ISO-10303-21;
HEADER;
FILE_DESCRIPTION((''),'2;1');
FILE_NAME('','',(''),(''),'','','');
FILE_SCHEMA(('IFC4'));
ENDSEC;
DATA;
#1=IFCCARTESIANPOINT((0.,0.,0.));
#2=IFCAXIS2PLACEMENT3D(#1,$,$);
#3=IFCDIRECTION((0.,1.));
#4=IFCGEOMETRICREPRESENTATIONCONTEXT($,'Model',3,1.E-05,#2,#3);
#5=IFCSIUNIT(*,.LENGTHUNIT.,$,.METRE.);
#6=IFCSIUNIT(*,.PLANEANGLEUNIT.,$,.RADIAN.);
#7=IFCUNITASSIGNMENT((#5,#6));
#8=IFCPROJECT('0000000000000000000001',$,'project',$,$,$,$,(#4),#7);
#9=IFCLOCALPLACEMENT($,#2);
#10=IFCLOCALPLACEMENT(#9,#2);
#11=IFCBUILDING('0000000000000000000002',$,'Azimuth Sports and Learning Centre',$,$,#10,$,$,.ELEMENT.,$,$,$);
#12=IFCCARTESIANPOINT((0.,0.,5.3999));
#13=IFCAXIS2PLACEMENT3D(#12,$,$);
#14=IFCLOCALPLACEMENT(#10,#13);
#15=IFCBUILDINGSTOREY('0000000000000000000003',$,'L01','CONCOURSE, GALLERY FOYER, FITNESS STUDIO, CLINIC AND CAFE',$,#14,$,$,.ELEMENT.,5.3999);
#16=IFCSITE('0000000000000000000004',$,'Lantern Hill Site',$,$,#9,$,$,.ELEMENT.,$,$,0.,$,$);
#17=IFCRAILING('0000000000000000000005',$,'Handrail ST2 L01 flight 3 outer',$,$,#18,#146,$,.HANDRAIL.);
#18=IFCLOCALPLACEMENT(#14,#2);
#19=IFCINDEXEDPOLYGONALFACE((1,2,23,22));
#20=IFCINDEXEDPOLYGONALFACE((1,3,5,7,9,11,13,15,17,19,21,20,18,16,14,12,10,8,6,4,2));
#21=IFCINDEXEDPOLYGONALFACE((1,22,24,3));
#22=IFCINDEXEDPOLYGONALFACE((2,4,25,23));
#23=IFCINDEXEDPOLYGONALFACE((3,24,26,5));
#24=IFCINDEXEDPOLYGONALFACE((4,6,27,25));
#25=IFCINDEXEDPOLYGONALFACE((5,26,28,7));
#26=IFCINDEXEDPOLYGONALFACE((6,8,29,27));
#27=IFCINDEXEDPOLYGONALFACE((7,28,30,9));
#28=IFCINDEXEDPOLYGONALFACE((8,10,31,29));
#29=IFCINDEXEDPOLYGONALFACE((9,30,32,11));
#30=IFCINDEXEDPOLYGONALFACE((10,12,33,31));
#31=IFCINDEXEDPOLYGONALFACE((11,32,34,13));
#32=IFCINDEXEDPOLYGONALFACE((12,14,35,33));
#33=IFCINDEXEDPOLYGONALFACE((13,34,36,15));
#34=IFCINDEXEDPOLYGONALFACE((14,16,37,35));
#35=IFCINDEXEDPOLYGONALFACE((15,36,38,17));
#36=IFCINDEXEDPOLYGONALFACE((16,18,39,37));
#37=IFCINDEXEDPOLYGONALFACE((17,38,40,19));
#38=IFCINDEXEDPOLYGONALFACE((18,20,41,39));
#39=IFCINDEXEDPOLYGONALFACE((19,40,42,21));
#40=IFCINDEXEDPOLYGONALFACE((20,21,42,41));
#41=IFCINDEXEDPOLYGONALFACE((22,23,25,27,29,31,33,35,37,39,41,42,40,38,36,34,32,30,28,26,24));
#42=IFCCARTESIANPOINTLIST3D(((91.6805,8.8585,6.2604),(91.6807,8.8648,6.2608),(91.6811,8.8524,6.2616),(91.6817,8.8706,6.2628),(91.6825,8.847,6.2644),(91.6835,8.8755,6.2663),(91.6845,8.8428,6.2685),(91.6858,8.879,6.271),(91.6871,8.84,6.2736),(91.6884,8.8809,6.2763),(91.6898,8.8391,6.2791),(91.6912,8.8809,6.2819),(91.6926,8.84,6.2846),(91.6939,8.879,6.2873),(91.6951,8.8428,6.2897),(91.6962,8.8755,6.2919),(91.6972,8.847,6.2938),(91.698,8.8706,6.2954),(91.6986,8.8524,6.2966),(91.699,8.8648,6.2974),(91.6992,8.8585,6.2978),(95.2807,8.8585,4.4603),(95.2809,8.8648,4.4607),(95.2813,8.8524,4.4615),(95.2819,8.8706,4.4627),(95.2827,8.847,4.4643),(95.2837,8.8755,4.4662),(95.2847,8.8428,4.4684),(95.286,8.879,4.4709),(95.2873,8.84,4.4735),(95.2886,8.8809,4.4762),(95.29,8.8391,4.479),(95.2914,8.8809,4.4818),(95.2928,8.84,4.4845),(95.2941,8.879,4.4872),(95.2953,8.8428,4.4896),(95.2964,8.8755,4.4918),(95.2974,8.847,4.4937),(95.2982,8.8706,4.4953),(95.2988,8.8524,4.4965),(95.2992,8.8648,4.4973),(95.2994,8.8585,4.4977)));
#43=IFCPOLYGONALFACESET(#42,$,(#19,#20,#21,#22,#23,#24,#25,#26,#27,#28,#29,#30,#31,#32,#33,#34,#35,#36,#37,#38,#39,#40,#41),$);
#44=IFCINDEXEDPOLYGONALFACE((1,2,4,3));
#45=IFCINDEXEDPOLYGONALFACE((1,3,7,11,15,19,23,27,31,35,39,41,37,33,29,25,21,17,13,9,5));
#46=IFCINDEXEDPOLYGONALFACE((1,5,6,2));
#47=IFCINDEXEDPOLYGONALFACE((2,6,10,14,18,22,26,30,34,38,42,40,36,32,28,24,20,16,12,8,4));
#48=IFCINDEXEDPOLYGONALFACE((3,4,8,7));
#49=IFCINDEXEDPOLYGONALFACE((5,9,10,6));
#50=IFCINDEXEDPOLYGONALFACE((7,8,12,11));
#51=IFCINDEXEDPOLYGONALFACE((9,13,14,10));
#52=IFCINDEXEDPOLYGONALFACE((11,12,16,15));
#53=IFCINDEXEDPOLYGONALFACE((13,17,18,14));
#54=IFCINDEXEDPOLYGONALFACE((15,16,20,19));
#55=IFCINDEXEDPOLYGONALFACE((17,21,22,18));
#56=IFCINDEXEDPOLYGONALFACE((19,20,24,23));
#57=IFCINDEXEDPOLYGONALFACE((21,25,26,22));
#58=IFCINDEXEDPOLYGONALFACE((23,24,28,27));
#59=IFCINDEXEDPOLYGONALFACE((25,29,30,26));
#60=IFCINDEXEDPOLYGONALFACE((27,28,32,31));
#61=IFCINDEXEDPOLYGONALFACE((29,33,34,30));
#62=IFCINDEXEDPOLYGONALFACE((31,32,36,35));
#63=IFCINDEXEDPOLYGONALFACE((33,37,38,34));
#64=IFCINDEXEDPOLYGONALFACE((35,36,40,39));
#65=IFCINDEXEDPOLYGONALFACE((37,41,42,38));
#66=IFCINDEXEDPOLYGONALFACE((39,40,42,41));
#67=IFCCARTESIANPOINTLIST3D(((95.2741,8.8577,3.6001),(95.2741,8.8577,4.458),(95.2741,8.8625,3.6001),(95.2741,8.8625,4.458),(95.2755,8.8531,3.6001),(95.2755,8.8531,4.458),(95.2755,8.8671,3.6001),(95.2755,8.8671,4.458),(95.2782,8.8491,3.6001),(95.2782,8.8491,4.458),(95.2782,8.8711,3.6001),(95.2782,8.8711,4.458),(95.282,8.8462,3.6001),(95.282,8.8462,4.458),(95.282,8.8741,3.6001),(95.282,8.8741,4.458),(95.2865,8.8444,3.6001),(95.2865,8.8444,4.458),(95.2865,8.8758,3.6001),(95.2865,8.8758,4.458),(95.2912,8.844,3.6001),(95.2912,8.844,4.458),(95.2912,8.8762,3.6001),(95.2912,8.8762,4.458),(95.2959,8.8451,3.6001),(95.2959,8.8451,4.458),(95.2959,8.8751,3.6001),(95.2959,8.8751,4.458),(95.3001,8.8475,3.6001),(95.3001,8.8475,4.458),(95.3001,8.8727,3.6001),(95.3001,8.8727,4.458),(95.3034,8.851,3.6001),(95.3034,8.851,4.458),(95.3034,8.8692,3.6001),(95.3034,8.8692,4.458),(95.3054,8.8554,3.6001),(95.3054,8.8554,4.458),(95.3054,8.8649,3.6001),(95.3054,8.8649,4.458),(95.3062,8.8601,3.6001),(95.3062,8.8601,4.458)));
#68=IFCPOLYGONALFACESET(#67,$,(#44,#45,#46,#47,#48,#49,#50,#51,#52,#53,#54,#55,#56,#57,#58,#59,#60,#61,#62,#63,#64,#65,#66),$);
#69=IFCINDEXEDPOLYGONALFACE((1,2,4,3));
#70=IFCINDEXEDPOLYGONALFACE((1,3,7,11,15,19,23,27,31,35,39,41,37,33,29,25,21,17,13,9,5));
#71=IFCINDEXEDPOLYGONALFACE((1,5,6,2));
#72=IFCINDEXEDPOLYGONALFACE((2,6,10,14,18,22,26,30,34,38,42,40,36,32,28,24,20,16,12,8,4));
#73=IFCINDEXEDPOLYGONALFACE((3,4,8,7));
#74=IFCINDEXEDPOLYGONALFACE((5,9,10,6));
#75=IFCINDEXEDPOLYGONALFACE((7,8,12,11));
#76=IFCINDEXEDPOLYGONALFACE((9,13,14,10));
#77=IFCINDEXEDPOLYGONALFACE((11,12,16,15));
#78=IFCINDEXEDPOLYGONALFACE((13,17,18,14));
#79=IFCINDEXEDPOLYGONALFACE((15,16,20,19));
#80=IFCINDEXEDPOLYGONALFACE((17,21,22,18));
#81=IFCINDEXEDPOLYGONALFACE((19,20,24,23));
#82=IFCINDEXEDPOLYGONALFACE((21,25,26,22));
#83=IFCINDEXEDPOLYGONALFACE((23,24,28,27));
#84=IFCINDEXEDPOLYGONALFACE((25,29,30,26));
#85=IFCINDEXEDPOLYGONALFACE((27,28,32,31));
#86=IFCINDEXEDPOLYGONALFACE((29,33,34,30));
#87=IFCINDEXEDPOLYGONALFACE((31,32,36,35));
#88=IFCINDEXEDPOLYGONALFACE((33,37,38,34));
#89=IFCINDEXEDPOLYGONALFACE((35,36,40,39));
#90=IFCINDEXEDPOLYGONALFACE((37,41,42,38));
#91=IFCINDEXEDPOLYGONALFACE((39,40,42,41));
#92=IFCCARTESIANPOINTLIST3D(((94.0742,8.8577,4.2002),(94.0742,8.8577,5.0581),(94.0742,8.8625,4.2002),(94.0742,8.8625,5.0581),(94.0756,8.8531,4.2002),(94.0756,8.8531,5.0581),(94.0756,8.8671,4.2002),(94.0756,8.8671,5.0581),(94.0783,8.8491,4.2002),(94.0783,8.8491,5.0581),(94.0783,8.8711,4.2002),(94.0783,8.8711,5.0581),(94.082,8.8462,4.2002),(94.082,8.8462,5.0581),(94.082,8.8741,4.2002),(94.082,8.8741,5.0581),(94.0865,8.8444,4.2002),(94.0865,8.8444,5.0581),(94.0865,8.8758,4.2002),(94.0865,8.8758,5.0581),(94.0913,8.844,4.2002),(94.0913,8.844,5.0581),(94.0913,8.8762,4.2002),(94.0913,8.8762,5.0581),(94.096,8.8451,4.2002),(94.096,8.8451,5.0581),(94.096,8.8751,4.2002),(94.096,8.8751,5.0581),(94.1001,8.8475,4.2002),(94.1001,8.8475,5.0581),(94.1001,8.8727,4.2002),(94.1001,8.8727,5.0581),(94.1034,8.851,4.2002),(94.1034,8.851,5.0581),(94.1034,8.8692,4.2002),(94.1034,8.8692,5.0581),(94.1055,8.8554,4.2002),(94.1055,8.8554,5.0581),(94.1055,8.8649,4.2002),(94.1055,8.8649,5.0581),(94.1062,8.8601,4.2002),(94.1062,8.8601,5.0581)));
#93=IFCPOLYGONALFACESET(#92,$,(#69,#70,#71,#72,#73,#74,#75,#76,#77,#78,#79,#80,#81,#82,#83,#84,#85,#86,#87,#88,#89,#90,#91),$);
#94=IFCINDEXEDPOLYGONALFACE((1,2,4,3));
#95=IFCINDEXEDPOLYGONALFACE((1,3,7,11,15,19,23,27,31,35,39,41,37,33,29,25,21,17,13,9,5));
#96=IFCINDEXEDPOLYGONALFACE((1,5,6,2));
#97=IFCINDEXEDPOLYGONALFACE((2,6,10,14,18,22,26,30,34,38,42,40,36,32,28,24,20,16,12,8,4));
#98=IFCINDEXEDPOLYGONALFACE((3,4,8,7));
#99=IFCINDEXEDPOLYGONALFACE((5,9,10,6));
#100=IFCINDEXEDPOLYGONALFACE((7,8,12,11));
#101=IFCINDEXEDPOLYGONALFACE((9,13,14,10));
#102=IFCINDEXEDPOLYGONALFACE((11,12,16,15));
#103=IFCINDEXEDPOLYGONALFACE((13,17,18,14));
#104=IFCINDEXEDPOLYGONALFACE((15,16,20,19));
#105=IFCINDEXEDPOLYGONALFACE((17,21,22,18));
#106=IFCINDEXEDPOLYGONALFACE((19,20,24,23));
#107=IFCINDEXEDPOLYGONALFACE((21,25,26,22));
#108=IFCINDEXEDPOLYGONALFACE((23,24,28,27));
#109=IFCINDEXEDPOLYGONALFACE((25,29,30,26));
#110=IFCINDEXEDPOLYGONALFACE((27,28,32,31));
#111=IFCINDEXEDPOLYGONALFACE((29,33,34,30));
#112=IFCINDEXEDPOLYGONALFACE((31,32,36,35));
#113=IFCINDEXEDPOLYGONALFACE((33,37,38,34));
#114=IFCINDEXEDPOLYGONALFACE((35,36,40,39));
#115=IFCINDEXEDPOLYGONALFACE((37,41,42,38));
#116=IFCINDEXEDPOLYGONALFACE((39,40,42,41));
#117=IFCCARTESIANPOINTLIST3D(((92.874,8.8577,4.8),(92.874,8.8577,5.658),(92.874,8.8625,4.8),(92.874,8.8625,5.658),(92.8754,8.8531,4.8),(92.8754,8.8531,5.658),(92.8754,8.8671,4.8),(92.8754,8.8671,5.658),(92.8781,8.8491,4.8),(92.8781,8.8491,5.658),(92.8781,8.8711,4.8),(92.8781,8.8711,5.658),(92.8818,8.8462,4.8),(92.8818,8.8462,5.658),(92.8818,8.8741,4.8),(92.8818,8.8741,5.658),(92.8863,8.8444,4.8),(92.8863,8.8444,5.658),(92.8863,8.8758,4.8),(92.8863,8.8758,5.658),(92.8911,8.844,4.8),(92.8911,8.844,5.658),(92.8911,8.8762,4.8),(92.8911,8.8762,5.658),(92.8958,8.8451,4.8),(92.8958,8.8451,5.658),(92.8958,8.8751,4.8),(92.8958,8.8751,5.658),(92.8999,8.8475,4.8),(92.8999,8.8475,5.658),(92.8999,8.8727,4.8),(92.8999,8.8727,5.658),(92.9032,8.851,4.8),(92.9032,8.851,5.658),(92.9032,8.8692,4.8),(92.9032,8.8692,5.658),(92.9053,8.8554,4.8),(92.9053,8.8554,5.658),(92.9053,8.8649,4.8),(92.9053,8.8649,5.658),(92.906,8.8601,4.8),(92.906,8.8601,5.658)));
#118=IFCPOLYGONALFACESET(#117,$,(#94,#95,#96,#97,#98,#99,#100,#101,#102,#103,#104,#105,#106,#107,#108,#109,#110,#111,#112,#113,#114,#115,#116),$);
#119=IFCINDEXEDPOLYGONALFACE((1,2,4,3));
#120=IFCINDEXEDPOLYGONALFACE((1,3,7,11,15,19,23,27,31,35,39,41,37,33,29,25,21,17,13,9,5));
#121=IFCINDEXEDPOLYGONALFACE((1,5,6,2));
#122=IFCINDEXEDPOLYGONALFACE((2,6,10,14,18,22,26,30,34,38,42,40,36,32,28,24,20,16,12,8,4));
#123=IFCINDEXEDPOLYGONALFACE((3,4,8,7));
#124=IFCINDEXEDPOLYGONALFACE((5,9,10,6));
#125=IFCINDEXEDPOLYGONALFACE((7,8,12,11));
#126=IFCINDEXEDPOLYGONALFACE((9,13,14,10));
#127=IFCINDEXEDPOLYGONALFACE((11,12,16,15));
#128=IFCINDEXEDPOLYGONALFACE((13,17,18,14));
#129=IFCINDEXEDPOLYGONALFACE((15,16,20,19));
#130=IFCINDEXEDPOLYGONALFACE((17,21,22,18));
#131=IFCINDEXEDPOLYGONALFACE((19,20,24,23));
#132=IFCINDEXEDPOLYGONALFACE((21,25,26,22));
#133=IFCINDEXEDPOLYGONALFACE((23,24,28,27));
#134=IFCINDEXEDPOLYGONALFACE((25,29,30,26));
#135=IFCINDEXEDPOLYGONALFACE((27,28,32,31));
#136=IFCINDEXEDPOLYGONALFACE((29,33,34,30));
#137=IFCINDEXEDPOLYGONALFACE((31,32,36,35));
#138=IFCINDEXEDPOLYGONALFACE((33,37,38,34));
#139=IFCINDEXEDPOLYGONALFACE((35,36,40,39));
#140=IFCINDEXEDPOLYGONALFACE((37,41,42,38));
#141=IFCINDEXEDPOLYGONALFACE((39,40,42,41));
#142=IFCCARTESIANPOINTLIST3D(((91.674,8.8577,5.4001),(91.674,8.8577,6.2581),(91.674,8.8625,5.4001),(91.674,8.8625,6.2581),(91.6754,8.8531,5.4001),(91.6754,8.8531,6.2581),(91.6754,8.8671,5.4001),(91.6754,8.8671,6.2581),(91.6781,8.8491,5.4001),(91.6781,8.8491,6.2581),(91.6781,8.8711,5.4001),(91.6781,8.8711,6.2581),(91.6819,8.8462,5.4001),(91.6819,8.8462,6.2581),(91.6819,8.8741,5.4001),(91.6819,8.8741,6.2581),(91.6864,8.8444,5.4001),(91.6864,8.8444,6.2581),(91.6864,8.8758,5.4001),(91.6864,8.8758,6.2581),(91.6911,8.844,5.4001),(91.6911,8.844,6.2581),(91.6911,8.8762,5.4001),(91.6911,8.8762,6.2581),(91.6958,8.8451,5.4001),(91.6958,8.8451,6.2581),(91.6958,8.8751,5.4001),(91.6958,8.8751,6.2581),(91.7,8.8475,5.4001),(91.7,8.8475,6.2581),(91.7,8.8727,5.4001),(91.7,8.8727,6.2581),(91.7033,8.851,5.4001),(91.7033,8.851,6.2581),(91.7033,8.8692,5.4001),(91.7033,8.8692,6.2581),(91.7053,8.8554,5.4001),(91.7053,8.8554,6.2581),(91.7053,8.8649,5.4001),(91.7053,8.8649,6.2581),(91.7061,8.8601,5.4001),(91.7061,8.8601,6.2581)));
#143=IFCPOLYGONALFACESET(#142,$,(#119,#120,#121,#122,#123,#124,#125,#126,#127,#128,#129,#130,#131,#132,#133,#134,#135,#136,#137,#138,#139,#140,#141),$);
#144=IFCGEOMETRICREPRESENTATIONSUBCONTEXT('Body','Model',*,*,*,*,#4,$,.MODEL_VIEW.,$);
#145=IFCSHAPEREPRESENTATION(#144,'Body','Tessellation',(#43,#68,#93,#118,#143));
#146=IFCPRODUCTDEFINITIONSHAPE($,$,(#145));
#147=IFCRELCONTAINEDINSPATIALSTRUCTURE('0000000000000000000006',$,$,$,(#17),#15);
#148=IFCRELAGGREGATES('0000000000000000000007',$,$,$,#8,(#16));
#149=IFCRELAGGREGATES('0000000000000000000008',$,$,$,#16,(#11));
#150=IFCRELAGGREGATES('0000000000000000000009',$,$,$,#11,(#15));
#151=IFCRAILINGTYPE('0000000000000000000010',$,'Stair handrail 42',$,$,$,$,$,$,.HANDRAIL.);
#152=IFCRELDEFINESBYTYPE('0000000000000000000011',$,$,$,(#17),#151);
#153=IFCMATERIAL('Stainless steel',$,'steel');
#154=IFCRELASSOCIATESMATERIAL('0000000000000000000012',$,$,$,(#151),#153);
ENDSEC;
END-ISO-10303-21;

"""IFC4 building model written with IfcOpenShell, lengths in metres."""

from ifc_helpers import new_model, si_unit, direction, frame, origin, origin_2d, place, context, subcontext, project, spatial, circle, extrude, material, type_object, element, save


model = new_model("IFC4")

# Units and contexts
model_context = context("Model", 3, precision=1e-05, world=origin(), true_north=direction((0.0, 1.0)))
body_context = subcontext(model_context, "Body", "Model", "MODEL_VIEW")
ifc_project = project(units=[si_unit("LENGTHUNIT", "METRE"), si_unit("PLANEANGLEUNIT", "RADIAN")], contexts=[model_context])

# Site, building, storey
site_placement = place(None, origin())
site = spatial("IfcSite", under=ifc_project, at=site_placement, Name="Lantern Hill Site", CompositionType="ELEMENT", RefElevation=0.0)
building_placement = place(site_placement, origin())
building = spatial("IfcBuilding", under=site, at=building_placement, Name="Azimuth Sports and Learning Centre", CompositionType="ELEMENT")
storey_placement = place(building_placement, frame((0.0, 0.0, 5.3999)))
storey = spatial("IfcBuildingStorey", under=building, at=storey_placement, Name="L01", Description="CONCOURSE, GALLERY FOYER, FITNESS STUDIO, CLINIC AND CAFE", CompositionType="ELEMENT", Elevation=5.3999)

# Railing
ifc_material_1 = material(Name="Stainless steel", Category="steel")
railing_type = type_object("IfcRailingType", Name="Stair handrail 42", PredefinedType="HANDRAIL", material=ifc_material_1)
for number, where, name in (
    (1, (95.29, 8.8601, 3.6001), "Handrail ST2 L01 flight 3 outer"),
):
    element("IfcRailing", number, at=place(storey_placement, frame(where)), inside=storey, type_object=railing_type, Name=name, PredefinedType="HANDRAIL", context=body_context, shape_type="SweptSolid", body=[
        extrude(circle(Radius=0.021, at=origin_2d()), frame((0.0, 0.0, 0.8789), z_axis=(-0.894427, 0.0, 0.447214), x_axis=(0.0, -1.0, 0.0)), (0.0, 0.0, 1.0), 4.0251),
        extrude(circle(Radius=0.0161, at=origin_2d()), origin(), (0.0, 0.0, 1.0), 0.8579),
        extrude(circle(Radius=0.0161, at=origin_2d()), frame((-1.2, 0.0, 0.6001)), (0.0, 0.0, 1.0), 0.8579),
        extrude(circle(Radius=0.0161, at=origin_2d()), frame((-2.4001, 0.0, 1.2)), (0.0, 0.0, 1.0), 0.8579),
        extrude(circle(Radius=0.0161, at=origin_2d()), frame((-3.6001, 0.0, 1.8)), (0.0, 0.0, 1.0), 0.8579),
    ])

save(model, "model.ifc")
